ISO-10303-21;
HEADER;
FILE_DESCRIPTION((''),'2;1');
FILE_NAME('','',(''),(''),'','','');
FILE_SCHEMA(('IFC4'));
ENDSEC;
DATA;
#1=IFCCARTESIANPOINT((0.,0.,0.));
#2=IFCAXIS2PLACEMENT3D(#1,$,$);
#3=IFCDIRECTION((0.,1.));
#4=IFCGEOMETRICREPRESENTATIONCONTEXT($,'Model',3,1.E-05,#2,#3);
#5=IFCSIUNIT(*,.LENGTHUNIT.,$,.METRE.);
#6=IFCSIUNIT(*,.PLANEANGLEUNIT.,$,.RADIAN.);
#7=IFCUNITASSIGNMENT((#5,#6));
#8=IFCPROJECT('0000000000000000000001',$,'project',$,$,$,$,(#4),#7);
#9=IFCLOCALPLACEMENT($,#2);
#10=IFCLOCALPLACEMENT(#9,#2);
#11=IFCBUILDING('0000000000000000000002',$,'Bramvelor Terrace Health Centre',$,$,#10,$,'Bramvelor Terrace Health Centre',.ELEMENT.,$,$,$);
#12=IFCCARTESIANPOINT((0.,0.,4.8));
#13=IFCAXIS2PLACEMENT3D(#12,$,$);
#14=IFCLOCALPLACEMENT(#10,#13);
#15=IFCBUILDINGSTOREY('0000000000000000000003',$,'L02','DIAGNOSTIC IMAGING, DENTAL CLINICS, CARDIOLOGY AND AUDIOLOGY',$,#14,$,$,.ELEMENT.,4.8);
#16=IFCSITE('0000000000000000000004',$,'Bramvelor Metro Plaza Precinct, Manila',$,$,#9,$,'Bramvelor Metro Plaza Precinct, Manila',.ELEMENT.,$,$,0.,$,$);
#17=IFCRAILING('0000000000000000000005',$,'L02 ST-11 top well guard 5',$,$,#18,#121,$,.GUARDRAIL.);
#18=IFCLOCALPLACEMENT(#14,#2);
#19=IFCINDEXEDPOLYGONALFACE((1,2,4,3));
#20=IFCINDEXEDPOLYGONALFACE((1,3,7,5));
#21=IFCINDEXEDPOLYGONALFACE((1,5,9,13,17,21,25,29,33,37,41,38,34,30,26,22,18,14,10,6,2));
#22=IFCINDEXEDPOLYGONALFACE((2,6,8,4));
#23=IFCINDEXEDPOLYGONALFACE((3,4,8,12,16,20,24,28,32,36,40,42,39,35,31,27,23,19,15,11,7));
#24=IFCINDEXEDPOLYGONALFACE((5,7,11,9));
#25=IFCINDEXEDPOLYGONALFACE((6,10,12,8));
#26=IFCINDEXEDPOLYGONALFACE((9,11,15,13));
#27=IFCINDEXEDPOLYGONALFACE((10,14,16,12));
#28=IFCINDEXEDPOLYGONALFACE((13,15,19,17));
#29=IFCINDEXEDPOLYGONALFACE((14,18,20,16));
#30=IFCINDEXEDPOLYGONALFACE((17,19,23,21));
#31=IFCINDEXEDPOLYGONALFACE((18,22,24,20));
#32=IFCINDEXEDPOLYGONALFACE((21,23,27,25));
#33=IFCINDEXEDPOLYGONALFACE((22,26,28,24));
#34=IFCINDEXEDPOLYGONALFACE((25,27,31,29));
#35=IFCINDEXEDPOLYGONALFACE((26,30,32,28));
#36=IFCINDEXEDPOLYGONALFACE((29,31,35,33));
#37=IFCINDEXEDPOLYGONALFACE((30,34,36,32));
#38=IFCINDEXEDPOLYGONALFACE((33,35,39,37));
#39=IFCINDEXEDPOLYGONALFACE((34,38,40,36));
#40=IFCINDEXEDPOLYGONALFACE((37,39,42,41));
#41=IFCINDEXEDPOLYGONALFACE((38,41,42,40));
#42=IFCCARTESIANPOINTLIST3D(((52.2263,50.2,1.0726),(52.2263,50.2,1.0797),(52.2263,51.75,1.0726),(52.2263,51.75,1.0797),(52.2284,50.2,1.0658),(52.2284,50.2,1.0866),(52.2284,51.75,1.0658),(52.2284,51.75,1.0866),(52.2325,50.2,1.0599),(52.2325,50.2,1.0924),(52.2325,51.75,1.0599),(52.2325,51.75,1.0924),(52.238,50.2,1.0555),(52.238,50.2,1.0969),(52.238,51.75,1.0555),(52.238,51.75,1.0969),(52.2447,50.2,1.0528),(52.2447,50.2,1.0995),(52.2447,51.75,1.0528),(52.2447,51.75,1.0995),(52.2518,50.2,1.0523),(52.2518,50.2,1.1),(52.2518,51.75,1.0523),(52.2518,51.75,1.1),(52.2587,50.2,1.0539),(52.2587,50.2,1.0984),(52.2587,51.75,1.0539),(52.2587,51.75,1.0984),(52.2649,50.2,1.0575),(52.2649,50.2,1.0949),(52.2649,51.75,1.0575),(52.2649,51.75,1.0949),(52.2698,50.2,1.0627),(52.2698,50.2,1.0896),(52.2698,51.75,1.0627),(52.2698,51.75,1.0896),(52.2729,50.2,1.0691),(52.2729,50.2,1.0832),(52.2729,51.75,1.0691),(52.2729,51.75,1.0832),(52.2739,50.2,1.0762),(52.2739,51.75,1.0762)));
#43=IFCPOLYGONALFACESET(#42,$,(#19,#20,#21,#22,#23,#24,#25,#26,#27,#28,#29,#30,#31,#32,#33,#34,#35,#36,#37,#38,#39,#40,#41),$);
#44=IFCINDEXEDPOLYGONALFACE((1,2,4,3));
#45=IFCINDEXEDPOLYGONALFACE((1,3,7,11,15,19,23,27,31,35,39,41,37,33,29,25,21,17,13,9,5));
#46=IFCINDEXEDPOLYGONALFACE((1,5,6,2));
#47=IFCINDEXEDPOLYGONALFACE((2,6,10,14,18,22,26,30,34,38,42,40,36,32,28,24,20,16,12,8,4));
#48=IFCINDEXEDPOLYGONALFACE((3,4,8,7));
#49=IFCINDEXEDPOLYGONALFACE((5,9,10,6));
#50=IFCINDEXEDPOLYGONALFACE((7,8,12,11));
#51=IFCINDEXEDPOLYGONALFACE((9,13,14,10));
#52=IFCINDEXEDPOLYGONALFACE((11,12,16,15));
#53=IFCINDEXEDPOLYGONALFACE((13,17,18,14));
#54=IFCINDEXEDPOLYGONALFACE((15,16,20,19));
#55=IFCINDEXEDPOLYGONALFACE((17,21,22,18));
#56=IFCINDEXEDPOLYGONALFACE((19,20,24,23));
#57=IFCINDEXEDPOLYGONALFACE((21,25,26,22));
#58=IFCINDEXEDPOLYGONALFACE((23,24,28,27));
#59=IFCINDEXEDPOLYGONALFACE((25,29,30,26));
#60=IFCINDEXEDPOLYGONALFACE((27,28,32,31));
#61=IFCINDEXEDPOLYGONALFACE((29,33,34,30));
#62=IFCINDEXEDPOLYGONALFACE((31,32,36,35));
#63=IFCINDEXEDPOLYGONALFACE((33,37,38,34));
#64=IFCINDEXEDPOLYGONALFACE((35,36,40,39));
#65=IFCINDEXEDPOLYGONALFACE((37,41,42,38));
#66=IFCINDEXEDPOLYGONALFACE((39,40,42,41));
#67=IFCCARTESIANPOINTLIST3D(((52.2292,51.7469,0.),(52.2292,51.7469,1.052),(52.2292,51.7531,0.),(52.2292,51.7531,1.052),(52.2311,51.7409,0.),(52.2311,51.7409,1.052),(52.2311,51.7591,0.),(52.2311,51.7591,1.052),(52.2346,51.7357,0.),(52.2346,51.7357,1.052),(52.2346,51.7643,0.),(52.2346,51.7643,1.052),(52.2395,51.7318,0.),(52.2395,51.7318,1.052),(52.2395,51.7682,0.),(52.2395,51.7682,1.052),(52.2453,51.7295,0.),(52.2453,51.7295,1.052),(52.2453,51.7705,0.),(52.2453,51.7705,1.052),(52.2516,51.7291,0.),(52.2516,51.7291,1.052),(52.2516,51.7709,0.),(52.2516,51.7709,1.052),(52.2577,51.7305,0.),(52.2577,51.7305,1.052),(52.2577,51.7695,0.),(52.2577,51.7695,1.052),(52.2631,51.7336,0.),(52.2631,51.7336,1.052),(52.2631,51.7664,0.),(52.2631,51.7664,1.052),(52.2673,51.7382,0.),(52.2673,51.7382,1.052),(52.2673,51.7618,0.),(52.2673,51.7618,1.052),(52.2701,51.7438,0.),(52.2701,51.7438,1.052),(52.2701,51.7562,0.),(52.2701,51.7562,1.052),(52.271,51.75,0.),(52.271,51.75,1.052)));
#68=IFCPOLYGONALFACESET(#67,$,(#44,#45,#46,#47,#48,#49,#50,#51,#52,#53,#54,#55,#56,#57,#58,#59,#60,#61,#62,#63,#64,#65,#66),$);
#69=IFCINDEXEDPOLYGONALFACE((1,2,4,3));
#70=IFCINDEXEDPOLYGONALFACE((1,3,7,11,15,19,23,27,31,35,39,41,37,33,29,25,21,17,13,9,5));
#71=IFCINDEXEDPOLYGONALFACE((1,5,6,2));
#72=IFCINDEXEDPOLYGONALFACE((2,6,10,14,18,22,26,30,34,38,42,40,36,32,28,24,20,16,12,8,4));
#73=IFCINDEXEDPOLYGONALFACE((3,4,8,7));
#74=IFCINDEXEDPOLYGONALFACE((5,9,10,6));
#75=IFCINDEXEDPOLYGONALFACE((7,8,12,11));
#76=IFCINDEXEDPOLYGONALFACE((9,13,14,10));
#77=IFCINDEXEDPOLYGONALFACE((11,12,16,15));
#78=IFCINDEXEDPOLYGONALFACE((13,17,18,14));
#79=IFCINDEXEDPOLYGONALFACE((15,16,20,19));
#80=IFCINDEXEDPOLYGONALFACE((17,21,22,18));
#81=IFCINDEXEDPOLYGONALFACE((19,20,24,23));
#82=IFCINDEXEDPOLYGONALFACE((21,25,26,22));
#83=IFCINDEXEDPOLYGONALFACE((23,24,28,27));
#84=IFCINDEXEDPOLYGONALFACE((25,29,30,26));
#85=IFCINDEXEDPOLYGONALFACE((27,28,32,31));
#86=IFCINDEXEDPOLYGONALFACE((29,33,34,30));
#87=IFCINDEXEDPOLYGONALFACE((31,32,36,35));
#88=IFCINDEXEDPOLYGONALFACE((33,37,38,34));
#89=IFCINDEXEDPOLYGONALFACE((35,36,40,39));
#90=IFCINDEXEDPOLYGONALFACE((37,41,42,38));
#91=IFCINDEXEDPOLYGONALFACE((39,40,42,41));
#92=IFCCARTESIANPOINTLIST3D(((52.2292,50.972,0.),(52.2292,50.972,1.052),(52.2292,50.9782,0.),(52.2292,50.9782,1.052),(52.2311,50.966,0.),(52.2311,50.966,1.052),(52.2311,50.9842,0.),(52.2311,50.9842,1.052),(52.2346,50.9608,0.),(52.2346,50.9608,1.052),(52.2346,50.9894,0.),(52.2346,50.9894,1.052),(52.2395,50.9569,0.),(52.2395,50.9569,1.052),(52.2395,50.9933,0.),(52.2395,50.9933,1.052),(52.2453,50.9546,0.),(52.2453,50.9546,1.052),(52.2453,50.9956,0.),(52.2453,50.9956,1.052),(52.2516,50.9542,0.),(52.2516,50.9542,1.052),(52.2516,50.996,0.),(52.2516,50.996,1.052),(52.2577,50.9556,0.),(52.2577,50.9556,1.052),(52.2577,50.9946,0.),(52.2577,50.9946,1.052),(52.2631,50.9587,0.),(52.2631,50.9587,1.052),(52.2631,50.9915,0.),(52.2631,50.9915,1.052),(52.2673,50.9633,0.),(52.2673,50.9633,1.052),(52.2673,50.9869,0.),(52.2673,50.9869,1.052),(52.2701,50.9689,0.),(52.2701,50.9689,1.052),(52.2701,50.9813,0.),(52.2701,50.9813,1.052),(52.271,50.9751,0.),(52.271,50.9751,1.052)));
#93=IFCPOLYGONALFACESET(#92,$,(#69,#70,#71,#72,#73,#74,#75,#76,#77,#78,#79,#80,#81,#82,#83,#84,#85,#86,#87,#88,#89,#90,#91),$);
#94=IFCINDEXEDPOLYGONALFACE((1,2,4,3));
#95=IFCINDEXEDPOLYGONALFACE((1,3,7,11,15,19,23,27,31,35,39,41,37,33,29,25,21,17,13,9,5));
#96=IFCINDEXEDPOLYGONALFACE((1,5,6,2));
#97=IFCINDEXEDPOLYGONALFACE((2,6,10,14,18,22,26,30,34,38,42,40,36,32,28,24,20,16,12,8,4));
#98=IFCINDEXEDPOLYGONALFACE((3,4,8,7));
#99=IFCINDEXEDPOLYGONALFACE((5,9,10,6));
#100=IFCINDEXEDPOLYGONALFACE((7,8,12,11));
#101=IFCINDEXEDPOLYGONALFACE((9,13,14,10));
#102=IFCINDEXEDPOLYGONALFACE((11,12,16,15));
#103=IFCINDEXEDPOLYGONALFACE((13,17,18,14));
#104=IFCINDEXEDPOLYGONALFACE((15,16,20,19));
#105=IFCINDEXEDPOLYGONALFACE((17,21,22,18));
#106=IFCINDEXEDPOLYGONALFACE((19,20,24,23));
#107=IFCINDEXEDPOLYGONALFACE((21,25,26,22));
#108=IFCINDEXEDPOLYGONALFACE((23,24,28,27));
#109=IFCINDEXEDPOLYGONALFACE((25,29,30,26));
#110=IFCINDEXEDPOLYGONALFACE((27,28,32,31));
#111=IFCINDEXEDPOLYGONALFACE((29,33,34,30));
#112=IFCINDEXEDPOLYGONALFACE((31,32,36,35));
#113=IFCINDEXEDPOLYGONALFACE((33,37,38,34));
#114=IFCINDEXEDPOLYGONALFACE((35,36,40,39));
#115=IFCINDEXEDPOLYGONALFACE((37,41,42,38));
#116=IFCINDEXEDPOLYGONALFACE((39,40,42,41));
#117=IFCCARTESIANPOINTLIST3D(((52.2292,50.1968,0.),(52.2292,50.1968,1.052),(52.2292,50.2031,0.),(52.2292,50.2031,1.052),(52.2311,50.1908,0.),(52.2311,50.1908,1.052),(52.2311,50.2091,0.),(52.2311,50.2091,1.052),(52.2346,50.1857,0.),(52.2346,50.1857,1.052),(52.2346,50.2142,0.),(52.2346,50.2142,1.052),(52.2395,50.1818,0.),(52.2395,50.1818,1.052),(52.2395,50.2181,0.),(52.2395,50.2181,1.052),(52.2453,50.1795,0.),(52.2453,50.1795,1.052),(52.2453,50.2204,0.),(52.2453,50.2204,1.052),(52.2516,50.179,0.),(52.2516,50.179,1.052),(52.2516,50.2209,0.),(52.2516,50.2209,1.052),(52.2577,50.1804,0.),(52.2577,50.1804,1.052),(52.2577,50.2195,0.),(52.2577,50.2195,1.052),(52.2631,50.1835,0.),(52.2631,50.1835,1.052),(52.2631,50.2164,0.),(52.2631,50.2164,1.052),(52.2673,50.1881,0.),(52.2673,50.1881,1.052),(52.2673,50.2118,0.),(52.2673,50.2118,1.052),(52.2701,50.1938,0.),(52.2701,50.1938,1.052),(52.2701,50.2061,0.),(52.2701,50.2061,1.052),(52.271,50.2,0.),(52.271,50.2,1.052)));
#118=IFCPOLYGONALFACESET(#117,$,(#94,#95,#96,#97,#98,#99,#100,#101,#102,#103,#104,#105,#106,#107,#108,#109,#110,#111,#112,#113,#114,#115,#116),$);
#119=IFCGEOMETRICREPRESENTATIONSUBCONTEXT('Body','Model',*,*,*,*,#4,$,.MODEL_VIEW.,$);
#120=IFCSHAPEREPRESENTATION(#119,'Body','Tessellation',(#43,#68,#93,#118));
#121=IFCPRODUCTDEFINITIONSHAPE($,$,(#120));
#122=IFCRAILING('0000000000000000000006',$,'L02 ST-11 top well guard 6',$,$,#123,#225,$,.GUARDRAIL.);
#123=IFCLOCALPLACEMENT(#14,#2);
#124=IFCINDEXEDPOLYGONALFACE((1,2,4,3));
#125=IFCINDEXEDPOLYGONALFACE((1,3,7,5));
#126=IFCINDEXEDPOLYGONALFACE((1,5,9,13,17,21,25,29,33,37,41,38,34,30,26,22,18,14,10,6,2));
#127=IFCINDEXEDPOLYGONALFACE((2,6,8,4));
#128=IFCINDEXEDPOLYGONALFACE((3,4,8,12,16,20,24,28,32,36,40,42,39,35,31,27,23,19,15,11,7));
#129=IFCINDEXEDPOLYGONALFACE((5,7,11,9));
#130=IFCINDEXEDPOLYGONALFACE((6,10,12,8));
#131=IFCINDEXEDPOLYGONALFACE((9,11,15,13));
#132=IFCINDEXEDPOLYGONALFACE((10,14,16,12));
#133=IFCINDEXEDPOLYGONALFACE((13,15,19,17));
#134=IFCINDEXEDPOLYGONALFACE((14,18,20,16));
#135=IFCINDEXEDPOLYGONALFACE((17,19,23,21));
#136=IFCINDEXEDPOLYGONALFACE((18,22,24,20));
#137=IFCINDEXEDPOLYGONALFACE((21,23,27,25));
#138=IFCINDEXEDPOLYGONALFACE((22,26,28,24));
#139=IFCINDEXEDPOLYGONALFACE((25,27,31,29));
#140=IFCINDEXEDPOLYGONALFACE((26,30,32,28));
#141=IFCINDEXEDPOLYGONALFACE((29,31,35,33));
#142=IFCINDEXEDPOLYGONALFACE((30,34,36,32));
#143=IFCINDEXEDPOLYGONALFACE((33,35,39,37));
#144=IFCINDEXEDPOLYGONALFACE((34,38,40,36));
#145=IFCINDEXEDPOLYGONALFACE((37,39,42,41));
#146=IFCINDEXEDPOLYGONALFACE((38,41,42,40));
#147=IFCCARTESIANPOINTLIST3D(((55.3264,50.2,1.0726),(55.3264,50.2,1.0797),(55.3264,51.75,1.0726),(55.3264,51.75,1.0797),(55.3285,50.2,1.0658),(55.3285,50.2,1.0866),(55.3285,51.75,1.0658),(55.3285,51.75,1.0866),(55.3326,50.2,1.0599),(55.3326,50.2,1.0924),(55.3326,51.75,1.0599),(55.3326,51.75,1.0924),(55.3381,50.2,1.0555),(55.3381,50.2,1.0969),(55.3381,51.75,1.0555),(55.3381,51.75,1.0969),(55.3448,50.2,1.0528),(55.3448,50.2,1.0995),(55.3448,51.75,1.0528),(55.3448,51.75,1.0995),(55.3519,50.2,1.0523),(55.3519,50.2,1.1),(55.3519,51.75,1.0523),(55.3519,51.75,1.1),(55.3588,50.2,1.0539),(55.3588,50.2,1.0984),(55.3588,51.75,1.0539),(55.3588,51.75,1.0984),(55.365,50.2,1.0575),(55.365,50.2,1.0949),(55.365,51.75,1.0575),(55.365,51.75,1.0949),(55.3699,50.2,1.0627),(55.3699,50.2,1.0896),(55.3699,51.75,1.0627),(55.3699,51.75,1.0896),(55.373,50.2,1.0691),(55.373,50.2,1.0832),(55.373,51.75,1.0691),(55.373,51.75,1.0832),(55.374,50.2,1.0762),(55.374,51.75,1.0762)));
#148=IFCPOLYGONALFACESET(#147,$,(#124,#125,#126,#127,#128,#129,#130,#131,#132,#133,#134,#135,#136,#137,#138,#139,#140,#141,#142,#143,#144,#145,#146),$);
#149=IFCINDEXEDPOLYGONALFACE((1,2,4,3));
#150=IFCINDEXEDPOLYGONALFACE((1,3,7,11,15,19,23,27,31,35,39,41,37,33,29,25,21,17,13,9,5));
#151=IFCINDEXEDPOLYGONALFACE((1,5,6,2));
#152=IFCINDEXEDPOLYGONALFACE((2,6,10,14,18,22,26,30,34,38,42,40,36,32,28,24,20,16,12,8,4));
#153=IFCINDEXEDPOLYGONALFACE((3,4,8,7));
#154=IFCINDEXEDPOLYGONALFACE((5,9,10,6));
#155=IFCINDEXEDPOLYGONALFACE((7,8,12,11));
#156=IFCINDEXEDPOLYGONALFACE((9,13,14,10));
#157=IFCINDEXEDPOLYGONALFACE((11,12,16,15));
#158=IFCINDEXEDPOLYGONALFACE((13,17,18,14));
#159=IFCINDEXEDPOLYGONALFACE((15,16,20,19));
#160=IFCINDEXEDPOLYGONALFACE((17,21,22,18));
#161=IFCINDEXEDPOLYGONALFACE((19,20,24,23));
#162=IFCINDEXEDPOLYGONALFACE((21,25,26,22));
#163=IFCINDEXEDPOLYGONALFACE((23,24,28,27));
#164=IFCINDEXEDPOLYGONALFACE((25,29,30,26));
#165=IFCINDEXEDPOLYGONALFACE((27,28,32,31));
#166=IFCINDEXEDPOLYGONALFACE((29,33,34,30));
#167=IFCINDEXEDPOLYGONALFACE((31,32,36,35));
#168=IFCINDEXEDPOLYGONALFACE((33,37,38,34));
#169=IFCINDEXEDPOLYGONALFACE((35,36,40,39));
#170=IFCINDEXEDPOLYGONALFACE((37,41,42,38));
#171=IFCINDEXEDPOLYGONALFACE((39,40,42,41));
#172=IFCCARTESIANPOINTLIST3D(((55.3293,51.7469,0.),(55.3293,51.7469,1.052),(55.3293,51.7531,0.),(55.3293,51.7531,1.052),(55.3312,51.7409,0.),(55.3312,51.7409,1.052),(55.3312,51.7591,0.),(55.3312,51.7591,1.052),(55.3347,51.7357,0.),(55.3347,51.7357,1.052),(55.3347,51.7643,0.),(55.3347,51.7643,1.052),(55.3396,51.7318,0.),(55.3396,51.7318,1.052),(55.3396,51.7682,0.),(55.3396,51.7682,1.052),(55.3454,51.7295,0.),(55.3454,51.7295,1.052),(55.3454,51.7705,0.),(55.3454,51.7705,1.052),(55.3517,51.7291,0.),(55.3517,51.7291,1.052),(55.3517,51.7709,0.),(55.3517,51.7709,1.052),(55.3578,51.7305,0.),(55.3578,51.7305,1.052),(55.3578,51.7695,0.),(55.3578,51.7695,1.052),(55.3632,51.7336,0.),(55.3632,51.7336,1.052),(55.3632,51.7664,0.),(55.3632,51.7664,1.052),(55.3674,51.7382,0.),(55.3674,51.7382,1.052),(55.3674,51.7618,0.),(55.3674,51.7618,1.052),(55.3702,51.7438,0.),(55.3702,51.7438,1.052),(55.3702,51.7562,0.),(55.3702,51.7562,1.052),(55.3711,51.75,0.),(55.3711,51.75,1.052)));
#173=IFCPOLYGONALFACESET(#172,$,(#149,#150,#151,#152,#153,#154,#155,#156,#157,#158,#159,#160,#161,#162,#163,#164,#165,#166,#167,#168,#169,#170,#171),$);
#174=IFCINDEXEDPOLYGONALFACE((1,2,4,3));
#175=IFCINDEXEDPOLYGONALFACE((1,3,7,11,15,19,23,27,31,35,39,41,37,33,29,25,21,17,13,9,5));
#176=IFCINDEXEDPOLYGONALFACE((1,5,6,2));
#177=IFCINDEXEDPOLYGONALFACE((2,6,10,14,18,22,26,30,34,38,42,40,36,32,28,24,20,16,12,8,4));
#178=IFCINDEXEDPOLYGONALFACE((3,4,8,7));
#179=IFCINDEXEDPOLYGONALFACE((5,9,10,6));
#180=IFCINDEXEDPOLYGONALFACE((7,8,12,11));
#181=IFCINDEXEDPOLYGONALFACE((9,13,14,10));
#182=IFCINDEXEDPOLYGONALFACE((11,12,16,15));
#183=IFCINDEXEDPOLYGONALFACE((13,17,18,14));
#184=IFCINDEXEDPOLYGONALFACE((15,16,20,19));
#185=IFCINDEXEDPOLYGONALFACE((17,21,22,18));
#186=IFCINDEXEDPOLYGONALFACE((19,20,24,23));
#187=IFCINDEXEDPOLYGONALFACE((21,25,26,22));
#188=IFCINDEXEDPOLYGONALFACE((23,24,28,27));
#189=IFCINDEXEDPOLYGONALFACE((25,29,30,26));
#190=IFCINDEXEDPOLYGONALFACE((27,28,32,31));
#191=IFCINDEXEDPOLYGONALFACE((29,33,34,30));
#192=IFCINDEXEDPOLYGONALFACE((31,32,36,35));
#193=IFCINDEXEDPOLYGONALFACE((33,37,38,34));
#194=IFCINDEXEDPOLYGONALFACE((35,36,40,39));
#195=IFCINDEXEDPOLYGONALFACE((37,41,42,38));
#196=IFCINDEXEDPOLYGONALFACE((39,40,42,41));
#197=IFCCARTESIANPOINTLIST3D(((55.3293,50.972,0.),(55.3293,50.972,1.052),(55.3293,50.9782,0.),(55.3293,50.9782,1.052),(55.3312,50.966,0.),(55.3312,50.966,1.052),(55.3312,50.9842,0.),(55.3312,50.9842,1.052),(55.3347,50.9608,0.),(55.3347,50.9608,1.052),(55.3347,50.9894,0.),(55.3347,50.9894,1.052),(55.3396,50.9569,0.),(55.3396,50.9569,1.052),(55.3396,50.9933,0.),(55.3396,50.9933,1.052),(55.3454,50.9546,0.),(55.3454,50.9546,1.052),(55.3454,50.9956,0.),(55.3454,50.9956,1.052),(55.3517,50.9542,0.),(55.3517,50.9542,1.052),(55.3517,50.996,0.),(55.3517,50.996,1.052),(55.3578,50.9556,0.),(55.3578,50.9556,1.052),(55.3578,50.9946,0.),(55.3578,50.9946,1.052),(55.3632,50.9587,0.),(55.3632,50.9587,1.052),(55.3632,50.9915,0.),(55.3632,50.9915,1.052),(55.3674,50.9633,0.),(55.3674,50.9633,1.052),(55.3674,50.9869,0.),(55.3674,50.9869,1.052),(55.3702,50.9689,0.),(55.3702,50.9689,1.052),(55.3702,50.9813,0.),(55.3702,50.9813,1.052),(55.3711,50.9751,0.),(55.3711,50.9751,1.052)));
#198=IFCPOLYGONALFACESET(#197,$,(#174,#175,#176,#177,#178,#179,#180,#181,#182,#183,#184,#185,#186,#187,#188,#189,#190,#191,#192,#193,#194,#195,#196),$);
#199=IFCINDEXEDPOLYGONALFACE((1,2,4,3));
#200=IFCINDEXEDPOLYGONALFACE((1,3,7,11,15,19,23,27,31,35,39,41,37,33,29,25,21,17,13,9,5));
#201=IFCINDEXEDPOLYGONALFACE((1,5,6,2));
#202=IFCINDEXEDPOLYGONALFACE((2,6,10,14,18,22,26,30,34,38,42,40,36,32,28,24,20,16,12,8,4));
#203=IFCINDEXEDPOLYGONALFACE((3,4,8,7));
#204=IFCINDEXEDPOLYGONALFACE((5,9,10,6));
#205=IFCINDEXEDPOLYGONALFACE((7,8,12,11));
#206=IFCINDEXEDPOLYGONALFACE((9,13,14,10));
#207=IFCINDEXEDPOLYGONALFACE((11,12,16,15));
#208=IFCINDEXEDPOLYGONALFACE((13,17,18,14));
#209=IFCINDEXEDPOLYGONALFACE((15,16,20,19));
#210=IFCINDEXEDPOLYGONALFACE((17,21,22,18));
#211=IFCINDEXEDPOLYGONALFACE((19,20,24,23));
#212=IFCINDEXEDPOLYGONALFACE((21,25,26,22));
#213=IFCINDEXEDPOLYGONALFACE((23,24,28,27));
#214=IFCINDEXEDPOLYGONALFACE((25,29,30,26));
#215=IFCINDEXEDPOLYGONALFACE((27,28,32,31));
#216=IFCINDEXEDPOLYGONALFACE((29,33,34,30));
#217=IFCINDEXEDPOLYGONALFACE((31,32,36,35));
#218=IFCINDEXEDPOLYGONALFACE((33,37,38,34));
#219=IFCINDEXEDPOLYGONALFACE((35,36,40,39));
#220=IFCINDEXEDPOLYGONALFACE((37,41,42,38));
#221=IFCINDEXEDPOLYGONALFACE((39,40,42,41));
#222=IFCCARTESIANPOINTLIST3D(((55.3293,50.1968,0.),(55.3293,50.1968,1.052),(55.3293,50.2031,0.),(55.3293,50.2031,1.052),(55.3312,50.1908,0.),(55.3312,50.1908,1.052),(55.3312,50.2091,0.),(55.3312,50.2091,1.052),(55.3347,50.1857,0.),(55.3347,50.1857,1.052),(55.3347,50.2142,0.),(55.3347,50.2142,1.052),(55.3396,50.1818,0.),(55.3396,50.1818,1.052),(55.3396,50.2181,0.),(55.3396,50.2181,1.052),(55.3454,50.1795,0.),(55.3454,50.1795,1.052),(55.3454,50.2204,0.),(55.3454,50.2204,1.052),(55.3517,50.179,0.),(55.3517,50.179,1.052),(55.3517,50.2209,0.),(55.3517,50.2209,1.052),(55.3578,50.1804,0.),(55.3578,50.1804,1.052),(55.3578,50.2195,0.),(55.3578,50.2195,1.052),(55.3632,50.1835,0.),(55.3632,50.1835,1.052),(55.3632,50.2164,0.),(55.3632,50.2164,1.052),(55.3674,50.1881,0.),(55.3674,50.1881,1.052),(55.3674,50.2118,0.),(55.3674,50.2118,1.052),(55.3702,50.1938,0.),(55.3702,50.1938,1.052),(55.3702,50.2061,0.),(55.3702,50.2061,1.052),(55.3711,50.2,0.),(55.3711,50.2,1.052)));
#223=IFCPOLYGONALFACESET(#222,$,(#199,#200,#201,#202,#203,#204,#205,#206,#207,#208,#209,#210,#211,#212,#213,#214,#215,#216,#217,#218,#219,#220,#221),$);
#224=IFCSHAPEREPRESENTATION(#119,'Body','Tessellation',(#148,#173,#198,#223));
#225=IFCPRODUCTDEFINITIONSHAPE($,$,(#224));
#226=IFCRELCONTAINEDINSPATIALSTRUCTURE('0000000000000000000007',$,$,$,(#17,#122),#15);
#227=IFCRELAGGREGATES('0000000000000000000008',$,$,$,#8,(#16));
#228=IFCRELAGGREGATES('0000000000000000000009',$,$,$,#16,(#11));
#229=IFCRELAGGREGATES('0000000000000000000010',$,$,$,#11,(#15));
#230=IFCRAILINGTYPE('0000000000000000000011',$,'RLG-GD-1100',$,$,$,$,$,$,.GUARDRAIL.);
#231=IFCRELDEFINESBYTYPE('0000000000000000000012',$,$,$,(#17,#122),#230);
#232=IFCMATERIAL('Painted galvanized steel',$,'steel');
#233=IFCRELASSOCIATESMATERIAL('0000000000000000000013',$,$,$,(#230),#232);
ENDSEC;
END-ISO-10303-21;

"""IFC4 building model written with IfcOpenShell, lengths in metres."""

from ifc_helpers import new_model, si_unit, direction, frame, origin, origin_2d, place, context, subcontext, project, spatial, circle, extrude, material, type_object, element, save


model = new_model("IFC4")

# Units and contexts
model_context = context("Model", 3, precision=1e-05, world=origin(), true_north=direction((0.0, 1.0)))
body_context = subcontext(model_context, "Body", "Model", "MODEL_VIEW")
ifc_project = project(units=[si_unit("LENGTHUNIT", "METRE"), si_unit("PLANEANGLEUNIT", "RADIAN")], contexts=[model_context])

# Site, building, storey
site_placement = place(None, origin())
site = spatial("IfcSite", under=ifc_project, at=site_placement, Name="Bramvelor Metro Plaza Precinct, Manila", LongName="Bramvelor Metro Plaza Precinct, Manila", CompositionType="ELEMENT", RefElevation=0.0)
building_placement = place(site_placement, origin())
building = spatial("IfcBuilding", under=site, at=building_placement, Name="Bramvelor Terrace Health Centre", LongName="Bramvelor Terrace Health Centre", CompositionType="ELEMENT")
storey_placement = place(building_placement, frame((0.0, 0.0, 4.8)))
storey = spatial("IfcBuildingStorey", under=building, at=storey_placement, Name="L02", Description="DIAGNOSTIC IMAGING, DENTAL CLINICS, CARDIOLOGY AND AUDIOLOGY", CompositionType="ELEMENT", Elevation=4.8)

# Railings
ifc_material_1 = material(Name="Painted galvanized steel", Category="steel")
railing_type = type_object("IfcRailingType", Name="RLG-GD-1100", PredefinedType="GUARDRAIL", material=ifc_material_1)
for number, where, name in (
    (1, (52.25, 51.75, 0.0), "L02 ST-11 top well guard 5"),
    (2, (55.3501, 51.75, 0.0), "L02 ST-11 top well guard 6"),
):
    element("IfcRailing", number, at=place(storey_placement, frame(where)), inside=storey, type_object=railing_type, Name=name, PredefinedType="GUARDRAIL", context=body_context, shape_type="SweptSolid", body=[
        extrude(circle(Radius=0.0239, at=origin_2d()), frame((0.0, 0.0, 1.0762), z_axis=(0.0, -1.0, 0.0), x_axis=(1.0, 0.0, 0.0)), (0.0, 0.0, 1.0), 1.55),
        extrude(circle(Radius=0.021, at=origin_2d()), origin(), (0.0, 0.0, 1.0), 1.052),
        extrude(circle(Radius=0.021, at=origin_2d()), frame((0.0, -0.7749, 0.0)), (0.0, 0.0, 1.0), 1.052),
        extrude(circle(Radius=0.021, at=origin_2d()), frame((0.0, -1.55, 0.0)), (0.0, 0.0, 1.0), 1.052),
    ])

save(model, "model.ifc")
